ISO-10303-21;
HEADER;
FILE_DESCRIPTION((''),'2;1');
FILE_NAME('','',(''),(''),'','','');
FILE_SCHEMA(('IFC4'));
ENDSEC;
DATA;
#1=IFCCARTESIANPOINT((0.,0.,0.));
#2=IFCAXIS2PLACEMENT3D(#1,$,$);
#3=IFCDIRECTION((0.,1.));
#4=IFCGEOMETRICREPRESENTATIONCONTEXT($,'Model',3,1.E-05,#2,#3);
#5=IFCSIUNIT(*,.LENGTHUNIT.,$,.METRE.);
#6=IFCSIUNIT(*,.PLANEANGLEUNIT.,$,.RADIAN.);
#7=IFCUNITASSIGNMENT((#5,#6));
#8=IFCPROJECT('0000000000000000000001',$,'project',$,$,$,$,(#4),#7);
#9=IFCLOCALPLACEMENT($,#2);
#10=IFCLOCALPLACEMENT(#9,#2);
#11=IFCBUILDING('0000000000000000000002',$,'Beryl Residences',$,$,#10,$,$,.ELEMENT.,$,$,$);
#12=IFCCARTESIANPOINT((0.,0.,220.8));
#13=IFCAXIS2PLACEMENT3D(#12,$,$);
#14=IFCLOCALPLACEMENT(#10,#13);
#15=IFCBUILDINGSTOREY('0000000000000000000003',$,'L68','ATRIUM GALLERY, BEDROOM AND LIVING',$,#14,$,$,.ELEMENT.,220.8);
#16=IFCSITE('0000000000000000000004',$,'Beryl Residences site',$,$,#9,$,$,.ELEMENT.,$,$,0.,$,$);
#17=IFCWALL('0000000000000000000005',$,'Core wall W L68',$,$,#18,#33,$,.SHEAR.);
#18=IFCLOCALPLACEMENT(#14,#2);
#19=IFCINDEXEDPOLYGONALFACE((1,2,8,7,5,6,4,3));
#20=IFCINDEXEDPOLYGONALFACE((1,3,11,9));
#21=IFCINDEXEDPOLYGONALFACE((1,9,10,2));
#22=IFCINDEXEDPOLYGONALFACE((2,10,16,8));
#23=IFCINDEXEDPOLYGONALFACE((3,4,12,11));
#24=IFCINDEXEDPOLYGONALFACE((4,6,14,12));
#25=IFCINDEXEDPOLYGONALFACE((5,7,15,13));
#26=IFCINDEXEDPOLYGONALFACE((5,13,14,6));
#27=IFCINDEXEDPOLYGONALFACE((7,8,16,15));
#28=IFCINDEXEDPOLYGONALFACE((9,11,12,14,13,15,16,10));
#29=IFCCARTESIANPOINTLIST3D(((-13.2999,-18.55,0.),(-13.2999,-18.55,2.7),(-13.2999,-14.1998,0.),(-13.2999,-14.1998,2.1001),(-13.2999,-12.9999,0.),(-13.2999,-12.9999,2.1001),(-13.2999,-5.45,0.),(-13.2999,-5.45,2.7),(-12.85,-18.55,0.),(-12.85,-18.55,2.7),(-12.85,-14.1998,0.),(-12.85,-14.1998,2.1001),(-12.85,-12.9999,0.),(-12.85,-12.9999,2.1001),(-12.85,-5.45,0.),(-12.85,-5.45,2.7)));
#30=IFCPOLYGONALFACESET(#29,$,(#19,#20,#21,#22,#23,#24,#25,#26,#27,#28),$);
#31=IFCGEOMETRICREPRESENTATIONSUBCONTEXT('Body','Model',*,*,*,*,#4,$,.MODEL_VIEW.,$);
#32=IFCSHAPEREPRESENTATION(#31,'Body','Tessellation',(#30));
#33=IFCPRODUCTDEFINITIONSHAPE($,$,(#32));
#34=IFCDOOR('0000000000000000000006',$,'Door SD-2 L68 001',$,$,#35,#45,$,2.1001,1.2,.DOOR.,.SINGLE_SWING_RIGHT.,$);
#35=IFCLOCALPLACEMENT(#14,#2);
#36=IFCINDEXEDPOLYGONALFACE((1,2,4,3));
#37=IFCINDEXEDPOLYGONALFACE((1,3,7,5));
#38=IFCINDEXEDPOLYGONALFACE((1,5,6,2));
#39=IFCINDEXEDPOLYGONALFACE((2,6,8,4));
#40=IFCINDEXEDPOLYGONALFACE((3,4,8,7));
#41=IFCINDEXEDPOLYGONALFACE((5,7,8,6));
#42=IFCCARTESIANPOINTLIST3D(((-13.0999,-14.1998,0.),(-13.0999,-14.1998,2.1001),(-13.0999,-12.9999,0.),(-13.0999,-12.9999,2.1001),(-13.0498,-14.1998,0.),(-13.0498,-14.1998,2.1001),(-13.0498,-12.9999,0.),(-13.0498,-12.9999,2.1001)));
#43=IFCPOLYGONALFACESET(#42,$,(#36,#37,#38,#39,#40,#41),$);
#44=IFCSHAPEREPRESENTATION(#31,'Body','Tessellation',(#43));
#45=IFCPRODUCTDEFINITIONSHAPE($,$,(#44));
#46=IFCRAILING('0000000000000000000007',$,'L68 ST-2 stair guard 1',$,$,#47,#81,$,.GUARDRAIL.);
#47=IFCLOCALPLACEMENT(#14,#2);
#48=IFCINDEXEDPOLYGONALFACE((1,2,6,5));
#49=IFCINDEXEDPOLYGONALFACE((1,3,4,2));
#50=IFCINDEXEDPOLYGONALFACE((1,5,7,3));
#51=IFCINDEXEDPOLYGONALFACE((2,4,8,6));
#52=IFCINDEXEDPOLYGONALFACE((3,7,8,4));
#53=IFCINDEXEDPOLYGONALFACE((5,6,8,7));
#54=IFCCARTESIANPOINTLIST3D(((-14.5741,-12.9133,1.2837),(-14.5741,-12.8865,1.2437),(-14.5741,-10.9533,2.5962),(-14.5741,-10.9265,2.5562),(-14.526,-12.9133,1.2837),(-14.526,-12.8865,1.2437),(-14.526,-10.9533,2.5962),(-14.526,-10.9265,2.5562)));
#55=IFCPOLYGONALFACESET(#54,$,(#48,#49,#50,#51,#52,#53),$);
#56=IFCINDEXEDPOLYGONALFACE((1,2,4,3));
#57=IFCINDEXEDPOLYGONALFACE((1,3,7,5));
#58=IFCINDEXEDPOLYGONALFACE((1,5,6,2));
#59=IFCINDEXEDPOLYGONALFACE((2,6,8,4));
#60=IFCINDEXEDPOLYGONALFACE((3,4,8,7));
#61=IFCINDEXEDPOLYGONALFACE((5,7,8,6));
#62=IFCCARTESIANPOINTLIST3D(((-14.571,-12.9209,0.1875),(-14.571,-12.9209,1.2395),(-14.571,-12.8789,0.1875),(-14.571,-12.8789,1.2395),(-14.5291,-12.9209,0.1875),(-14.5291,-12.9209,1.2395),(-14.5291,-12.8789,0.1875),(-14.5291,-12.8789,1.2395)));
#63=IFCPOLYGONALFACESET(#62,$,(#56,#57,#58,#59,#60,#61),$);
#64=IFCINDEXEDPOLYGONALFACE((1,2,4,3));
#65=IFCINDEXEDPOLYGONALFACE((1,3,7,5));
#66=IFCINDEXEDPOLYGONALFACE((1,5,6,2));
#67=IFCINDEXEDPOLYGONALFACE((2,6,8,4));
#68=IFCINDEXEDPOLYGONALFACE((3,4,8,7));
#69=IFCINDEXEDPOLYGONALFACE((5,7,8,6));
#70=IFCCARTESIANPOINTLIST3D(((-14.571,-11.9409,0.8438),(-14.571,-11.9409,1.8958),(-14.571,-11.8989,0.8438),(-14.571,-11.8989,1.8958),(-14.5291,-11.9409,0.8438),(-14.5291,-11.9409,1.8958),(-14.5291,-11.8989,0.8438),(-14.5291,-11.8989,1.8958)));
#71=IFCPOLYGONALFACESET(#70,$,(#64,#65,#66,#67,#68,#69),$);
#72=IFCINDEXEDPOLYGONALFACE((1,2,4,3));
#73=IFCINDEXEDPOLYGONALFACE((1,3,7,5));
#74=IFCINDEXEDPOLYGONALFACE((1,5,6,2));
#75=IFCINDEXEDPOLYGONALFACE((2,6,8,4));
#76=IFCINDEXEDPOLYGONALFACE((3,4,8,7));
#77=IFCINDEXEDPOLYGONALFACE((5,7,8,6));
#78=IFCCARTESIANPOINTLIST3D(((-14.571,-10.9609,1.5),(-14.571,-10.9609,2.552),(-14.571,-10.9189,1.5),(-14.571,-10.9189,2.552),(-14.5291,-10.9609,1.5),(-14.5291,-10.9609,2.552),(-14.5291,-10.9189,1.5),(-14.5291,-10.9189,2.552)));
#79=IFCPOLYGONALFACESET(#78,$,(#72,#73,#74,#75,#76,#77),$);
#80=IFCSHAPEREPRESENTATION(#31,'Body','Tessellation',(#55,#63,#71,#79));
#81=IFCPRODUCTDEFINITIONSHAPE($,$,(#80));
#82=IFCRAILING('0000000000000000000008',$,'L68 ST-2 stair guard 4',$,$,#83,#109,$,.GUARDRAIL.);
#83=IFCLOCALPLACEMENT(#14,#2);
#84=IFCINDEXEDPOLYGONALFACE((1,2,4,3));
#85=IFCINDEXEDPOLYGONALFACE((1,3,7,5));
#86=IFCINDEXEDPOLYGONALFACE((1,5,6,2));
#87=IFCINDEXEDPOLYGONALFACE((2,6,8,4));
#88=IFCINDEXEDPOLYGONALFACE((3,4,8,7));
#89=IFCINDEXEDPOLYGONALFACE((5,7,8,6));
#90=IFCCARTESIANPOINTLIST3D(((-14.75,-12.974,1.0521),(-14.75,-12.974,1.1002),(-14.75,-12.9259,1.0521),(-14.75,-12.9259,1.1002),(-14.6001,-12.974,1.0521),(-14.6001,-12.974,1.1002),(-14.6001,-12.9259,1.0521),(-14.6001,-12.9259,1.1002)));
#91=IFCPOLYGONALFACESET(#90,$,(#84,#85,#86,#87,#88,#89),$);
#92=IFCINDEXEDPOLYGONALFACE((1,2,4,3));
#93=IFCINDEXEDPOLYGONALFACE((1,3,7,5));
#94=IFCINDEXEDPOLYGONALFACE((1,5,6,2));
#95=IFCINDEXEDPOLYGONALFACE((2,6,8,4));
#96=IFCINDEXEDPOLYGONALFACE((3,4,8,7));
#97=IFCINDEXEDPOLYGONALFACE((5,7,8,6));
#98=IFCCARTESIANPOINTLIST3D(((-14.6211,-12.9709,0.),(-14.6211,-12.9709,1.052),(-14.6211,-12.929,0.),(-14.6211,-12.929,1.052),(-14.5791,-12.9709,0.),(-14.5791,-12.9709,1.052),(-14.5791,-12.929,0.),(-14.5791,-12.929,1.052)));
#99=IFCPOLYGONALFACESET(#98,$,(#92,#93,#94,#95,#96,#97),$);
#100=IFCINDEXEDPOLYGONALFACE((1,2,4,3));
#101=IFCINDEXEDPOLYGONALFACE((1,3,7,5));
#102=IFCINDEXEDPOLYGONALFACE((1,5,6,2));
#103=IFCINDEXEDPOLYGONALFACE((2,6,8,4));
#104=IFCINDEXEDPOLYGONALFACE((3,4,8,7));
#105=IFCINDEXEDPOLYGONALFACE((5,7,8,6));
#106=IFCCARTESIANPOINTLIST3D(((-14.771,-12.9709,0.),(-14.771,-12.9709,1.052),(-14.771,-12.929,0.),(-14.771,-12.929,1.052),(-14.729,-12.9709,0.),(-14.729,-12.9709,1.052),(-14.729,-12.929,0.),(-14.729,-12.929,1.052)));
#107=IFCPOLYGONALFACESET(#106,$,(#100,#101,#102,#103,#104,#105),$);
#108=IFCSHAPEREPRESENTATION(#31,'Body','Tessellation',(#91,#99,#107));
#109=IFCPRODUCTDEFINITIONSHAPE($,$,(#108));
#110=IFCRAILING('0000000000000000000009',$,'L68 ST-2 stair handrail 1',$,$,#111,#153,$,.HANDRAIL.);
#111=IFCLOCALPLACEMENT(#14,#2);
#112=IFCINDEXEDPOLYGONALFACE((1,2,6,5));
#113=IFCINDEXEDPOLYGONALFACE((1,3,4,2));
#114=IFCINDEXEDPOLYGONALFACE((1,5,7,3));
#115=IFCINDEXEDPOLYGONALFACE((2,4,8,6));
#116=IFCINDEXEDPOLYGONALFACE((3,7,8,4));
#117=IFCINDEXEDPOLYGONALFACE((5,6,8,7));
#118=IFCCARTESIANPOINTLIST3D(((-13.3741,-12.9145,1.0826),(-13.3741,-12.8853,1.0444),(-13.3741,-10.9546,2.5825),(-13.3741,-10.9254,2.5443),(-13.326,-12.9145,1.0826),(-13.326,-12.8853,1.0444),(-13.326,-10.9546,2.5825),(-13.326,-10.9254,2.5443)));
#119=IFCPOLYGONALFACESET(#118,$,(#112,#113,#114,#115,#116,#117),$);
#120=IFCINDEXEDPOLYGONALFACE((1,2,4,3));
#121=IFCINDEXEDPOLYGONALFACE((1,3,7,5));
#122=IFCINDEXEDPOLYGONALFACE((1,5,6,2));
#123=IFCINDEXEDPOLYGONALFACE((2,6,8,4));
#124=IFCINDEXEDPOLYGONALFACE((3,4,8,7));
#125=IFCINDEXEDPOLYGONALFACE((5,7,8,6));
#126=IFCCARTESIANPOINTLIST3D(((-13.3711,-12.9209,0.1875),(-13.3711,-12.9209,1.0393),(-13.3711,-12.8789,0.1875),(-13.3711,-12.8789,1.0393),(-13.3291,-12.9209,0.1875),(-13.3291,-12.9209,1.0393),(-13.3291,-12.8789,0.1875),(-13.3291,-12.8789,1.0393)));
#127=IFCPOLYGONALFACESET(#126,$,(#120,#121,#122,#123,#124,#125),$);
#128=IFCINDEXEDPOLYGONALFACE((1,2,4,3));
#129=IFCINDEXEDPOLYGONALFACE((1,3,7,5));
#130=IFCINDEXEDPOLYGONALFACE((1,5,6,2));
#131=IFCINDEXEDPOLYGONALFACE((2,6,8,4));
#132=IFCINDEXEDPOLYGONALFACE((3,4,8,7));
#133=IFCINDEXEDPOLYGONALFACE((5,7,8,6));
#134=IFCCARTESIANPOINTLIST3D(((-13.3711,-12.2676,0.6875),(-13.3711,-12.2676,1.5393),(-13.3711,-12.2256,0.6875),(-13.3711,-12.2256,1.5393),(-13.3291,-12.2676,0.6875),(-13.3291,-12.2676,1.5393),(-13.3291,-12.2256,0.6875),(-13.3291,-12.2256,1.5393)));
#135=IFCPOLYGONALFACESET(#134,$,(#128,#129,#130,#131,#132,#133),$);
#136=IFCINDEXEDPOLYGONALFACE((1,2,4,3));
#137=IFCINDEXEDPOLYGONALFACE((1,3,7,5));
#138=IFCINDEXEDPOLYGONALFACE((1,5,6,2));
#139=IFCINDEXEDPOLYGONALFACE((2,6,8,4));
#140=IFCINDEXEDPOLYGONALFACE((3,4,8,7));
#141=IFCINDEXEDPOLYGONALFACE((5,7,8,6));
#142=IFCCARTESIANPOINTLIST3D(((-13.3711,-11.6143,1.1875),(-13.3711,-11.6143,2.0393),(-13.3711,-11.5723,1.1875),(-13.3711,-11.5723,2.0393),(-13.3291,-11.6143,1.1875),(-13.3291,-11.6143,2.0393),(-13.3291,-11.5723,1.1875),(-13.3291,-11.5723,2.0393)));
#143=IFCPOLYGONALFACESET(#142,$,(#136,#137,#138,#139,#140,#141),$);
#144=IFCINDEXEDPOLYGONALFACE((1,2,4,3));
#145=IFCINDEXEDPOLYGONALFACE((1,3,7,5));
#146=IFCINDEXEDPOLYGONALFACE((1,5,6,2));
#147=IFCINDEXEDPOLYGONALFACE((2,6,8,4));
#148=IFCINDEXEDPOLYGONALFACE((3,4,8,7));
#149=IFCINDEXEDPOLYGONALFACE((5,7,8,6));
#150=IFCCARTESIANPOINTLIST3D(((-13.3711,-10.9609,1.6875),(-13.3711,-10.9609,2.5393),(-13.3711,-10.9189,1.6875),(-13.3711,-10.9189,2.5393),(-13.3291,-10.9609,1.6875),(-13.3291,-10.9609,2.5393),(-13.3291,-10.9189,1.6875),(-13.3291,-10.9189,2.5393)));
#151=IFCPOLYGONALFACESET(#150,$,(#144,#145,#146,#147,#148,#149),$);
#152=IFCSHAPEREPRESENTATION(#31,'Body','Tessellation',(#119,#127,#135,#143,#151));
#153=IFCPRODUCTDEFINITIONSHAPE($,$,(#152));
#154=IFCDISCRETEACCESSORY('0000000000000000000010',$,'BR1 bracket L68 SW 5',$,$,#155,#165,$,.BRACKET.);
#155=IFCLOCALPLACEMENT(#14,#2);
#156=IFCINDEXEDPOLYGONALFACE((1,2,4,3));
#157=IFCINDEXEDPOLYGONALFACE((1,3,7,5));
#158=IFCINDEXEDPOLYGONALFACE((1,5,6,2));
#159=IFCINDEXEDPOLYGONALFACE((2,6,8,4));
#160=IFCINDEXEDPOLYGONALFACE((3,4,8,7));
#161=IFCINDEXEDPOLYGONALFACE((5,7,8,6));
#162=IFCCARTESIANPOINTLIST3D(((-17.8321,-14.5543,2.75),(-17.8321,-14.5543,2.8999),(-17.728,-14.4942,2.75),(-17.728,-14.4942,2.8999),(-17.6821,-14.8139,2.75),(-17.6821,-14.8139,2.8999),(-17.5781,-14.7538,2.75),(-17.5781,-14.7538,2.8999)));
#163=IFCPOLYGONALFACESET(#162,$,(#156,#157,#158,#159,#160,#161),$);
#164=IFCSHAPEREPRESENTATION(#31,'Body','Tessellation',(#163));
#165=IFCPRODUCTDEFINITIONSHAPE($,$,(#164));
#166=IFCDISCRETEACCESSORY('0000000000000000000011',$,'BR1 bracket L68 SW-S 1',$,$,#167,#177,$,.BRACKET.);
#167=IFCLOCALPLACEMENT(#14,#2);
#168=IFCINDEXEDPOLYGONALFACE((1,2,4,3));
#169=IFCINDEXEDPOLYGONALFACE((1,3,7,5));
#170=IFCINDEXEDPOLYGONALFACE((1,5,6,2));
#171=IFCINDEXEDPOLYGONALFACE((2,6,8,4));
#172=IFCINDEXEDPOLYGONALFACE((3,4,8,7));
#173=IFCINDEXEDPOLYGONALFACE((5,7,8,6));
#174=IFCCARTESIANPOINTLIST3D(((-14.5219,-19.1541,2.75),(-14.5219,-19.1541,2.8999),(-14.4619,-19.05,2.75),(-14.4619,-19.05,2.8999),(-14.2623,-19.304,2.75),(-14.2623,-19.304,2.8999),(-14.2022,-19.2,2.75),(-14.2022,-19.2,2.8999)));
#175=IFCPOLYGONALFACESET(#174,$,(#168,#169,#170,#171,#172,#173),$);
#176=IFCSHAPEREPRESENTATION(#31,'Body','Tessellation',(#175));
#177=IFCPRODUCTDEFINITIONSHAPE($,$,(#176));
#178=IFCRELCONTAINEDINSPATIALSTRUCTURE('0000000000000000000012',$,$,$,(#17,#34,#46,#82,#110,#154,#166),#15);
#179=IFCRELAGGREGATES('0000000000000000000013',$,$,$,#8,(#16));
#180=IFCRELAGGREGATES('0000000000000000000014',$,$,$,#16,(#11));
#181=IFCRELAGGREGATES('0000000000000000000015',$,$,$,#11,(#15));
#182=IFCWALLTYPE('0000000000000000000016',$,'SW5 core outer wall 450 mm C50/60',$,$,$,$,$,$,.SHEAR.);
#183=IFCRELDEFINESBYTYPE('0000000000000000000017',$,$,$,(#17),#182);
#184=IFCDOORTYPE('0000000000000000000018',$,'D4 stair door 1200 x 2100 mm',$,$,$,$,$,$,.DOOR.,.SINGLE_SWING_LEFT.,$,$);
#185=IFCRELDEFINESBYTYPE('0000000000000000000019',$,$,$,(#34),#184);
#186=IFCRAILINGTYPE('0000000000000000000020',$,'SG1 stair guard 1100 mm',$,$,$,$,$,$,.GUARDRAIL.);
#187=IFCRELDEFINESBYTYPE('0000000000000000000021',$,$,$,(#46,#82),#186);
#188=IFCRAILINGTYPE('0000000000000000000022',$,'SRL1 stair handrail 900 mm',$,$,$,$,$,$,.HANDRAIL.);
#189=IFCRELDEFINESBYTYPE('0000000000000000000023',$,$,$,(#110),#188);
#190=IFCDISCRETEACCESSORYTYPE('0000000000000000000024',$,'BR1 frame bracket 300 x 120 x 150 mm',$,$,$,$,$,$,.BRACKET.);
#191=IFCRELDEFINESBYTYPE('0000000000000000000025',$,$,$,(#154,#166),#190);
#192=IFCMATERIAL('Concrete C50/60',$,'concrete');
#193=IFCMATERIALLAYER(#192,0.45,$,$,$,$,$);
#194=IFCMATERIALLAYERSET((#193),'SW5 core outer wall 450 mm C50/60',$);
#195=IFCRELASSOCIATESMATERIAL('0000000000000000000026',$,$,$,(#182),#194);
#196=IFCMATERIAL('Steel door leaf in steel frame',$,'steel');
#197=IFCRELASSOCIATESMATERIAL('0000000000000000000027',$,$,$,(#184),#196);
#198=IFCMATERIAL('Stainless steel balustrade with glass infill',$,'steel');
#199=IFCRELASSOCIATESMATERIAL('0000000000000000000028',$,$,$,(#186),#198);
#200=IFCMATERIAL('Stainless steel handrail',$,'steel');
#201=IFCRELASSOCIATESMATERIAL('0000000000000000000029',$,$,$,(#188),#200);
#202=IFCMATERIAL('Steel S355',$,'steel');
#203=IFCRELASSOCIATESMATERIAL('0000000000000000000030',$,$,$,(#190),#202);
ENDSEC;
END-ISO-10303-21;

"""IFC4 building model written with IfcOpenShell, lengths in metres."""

from ifc_helpers import new_model, si_unit, direction, frame, frame_2d, origin, origin_2d, place, context, subcontext, project, spatial, polyline, rectangle, outline, extrude, source, transform, mapped, material, layer, layer_set, type_object, type_shapes, element, fill, save


model = new_model("IFC4")

# Units and contexts
model_context = context("Model", 3, precision=1e-05, world=origin(), true_north=direction((0.0, 1.0)))
body_context = subcontext(model_context, "Body", "Model", "MODEL_VIEW")
ifc_project = project(units=[si_unit("LENGTHUNIT", "METRE"), si_unit("PLANEANGLEUNIT", "RADIAN")], contexts=[model_context])

# Site, building, storey
site_placement = place(None, origin())
site = spatial("IfcSite", under=ifc_project, at=site_placement, Name="Beryl Residences site", CompositionType="ELEMENT", RefElevation=0.0)
building_placement = place(site_placement, origin())
building = spatial("IfcBuilding", under=site, at=building_placement, Name="Beryl Residences", CompositionType="ELEMENT")
storey_placement = place(building_placement, frame((0.0, 0.0, 220.8)))
storey = spatial("IfcBuildingStorey", under=building, at=storey_placement, Name="L68", Description="ATRIUM GALLERY, BEDROOM AND LIVING", CompositionType="ELEMENT", Elevation=220.8)

# Wall, opening, door
ifc_material_1 = material(Name="Concrete C50/60", Category="concrete")
ifc_layer_1 = layer(ifc_material_1, 0.45)
ifc_layer_set_1 = layer_set([ifc_layer_1], Name="SW5 core outer wall 450 mm C50/60")
wall_type_1 = type_object("IfcWallType", Name="SW5 core outer wall 450 mm C50/60", PredefinedType="SHEAR", material=ifc_layer_set_1)
wall_1_placement = place(storey_placement, frame((-13.075, -18.55, 0.0), z_axis=(0.0, 0.0, 1.0), x_axis=(0.0, 1.0, 0.0)))
wall_1 = element("IfcWall", 1, at=wall_1_placement, inside=storey, type_object=wall_type_1, Name="Core wall W L68", PredefinedType="SHEAR", context=body_context, shape_type="SweptSolid", body=[
    extrude(rectangle(XDim=13.1001, YDim=0.45, at=frame_2d((6.55, 0.0))), origin(), (0.0, 0.0, 1.0), 2.7),
])
opening_1_placement = place(wall_1_placement, frame((4.3501, 0.0, 0.0)))
opening_1 = element("IfcOpeningElement", 2, at=opening_1_placement, cuts=wall_1, PredefinedType="OPENING", context=body_context, shape_type="SweptSolid", body=[
    extrude(rectangle(XDim=1.2, YDim=2.1001, at=frame_2d((0.6001, 1.05))), frame((0.0, 0.2349, 0.0), z_axis=(0.0, -1.0, 0.0), x_axis=(1.0, 0.0, 0.0)), (0.0, 0.0, 1.0), 0.47),
])
ifc_material_2 = material(Name="Steel door leaf in steel frame", Category="steel")
door_type_1 = type_object("IfcDoorType", Name="D4 stair door 1200 x 2100 mm", OperationType="SINGLE_SWING_LEFT", PredefinedType="DOOR", material=ifc_material_2)
door_1_placement = place(opening_1_placement, origin())
door_1 = element("IfcDoor", 3, at=door_1_placement, inside=storey, type_object=door_type_1, Name="Door SD-2 L68 001", OperationType="SINGLE_SWING_RIGHT", OverallHeight=2.1001, OverallWidth=1.2, PredefinedType="DOOR", context=body_context, shape_type="SweptSolid", body=[
    extrude(rectangle(XDim=1.2, YDim=2.1001, at=frame_2d((0.6001, 1.05))), frame((0.0, 0.0249, 0.0), z_axis=(0.0, -1.0, 0.0), x_axis=(1.0, 0.0, 0.0)), (0.0, 0.0, 1.0), 0.05),
])
fill(opening_1, door_1)

# Railings
ifc_material_3 = material(Name="Stainless steel balustrade with glass infill", Category="steel")
railing_type_1 = type_object("IfcRailingType", Name="SG1 stair guard 1100 mm", PredefinedType="GUARDRAIL", material=ifc_material_3)
railing_1_placement = place(storey_placement, frame((-14.55, -12.8999, 0.1875)))
element("IfcRailing", 4, at=railing_1_placement, inside=storey, type_object=railing_type_1, Name="L68 ST-2 stair guard 1", PredefinedType="GUARDRAIL", context=body_context, shape_type="SweptSolid", body=[
    extrude(rectangle(XDim=0.0481, YDim=0.0481, at=origin_2d()), frame((0.0, 0.0, 1.0762), z_axis=(0.0, 0.830902, 0.556419), x_axis=(-1.0, 0.0, 0.0)), (0.0, 0.0, 1.0), 2.3589),
    extrude(rectangle(XDim=0.042, YDim=0.042, at=origin_2d()), origin(), (0.0, 0.0, 1.0), 1.052),
    extrude(rectangle(XDim=0.042, YDim=0.042, at=origin_2d()), frame((0.0, 0.98, 0.6562)), (0.0, 0.0, 1.0), 1.052),
    extrude(rectangle(XDim=0.042, YDim=0.042, at=origin_2d()), frame((0.0, 1.96, 1.3125)), (0.0, 0.0, 1.0), 1.052),
])
railing_2_placement = place(storey_placement, frame((-14.6001, -12.95, 0.0)))
element("IfcRailing", 5, at=railing_2_placement, inside=storey, type_object=railing_type_1, Name="L68 ST-2 stair guard 4", PredefinedType="GUARDRAIL", context=body_context, shape_type="SweptSolid", body=[
    extrude(rectangle(XDim=0.0481, YDim=0.0481, at=origin_2d()), frame((0.0, 0.0, 1.0762), z_axis=(-1.0, 0.0, 0.0), x_axis=(0.0, -1.0, 0.0)), (0.0, 0.0, 1.0), 0.1499),
    extrude(rectangle(XDim=0.042, YDim=0.042, at=origin_2d()), origin(), (0.0, 0.0, 1.0), 1.052),
    extrude(rectangle(XDim=0.042, YDim=0.042, at=origin_2d()), frame((-0.1499, 0.0, 0.0)), (0.0, 0.0, 1.0), 1.052),
])
ifc_material_4 = material(Name="Stainless steel handrail", Category="steel")
railing_type_2 = type_object("IfcRailingType", Name="SRL1 stair handrail 900 mm", PredefinedType="HANDRAIL", material=ifc_material_4)
railing_3_placement = place(storey_placement, frame((-13.3501, -12.8999, 0.1875)))
element("IfcRailing", 6, at=railing_3_placement, inside=storey, type_object=railing_type_2, Name="L68 ST-2 stair handrail 1", PredefinedType="HANDRAIL", context=body_context, shape_type="SweptSolid", body=[
    extrude(rectangle(XDim=0.0481, YDim=0.0481, at=origin_2d()), frame((0.0, 0.0, 0.876), z_axis=(0.0, 0.794122, 0.607758), x_axis=(-1.0, 0.0, 0.0)), (0.0, 0.0, 1.0), 2.468),
    extrude(rectangle(XDim=0.042, YDim=0.042, at=origin_2d()), origin(), (0.0, 0.0, 1.0), 0.8518),
    extrude(rectangle(XDim=0.042, YDim=0.042, at=origin_2d()), frame((0.0, 0.6533, 0.5)), (0.0, 0.0, 1.0), 0.8518),
    extrude(rectangle(XDim=0.042, YDim=0.042, at=origin_2d()), frame((0.0, 1.3066, 1.0)), (0.0, 0.0, 1.0), 0.8518),
    extrude(rectangle(XDim=0.042, YDim=0.042, at=origin_2d()), frame((0.0, 1.96, 1.5)), (0.0, 0.0, 1.0), 0.8518),
])

# Discrete accessories
ifc_material_5 = material(Name="Steel S355", Category="steel")
discrete_accessory_type = type_object("IfcDiscreteAccessoryType", Name="BR1 frame bracket 300 x 120 x 150 mm", PredefinedType="BRACKET", material=ifc_material_5)
shared_shape_1 = source(origin(), body_context, "Body", "SweptSolid", [
    extrude(outline(polyline([(-0.1499, 0.0), (0.1499, 0.0), (0.1499, 0.1201), (-0.1499, 0.1201), (-0.1499, 0.0)])), origin(), (0.0, 0.0, 1.0), 0.1499),
])
type_shapes(discrete_accessory_type, [shared_shape_1])
for number, where, z_axis, x_axis, name in (
    (7, (-17.6531, -14.624, 2.75), (0.0, 0.0, 1.0), (-0.5, 0.866025, 0.0), "BR1 bracket L68 SW 5"),
    (8, (-14.332, -19.125, 2.75), (0.0, 0.0, 1.0), (-0.866025, 0.5, 0.0), "BR1 bracket L68 SW-S 1"),
):
    element("IfcDiscreteAccessory", number, at=place(storey_placement, frame(where, z_axis=z_axis, x_axis=x_axis)), inside=storey, type_object=discrete_accessory_type, Name=name, PredefinedType="BRACKET", context=body_context, shape_type="MappedRepresentation", body=[
        mapped(shared_shape_1, transform((0.0, 0.0, 0.0))),
    ])

save(model, "model.ifc")
